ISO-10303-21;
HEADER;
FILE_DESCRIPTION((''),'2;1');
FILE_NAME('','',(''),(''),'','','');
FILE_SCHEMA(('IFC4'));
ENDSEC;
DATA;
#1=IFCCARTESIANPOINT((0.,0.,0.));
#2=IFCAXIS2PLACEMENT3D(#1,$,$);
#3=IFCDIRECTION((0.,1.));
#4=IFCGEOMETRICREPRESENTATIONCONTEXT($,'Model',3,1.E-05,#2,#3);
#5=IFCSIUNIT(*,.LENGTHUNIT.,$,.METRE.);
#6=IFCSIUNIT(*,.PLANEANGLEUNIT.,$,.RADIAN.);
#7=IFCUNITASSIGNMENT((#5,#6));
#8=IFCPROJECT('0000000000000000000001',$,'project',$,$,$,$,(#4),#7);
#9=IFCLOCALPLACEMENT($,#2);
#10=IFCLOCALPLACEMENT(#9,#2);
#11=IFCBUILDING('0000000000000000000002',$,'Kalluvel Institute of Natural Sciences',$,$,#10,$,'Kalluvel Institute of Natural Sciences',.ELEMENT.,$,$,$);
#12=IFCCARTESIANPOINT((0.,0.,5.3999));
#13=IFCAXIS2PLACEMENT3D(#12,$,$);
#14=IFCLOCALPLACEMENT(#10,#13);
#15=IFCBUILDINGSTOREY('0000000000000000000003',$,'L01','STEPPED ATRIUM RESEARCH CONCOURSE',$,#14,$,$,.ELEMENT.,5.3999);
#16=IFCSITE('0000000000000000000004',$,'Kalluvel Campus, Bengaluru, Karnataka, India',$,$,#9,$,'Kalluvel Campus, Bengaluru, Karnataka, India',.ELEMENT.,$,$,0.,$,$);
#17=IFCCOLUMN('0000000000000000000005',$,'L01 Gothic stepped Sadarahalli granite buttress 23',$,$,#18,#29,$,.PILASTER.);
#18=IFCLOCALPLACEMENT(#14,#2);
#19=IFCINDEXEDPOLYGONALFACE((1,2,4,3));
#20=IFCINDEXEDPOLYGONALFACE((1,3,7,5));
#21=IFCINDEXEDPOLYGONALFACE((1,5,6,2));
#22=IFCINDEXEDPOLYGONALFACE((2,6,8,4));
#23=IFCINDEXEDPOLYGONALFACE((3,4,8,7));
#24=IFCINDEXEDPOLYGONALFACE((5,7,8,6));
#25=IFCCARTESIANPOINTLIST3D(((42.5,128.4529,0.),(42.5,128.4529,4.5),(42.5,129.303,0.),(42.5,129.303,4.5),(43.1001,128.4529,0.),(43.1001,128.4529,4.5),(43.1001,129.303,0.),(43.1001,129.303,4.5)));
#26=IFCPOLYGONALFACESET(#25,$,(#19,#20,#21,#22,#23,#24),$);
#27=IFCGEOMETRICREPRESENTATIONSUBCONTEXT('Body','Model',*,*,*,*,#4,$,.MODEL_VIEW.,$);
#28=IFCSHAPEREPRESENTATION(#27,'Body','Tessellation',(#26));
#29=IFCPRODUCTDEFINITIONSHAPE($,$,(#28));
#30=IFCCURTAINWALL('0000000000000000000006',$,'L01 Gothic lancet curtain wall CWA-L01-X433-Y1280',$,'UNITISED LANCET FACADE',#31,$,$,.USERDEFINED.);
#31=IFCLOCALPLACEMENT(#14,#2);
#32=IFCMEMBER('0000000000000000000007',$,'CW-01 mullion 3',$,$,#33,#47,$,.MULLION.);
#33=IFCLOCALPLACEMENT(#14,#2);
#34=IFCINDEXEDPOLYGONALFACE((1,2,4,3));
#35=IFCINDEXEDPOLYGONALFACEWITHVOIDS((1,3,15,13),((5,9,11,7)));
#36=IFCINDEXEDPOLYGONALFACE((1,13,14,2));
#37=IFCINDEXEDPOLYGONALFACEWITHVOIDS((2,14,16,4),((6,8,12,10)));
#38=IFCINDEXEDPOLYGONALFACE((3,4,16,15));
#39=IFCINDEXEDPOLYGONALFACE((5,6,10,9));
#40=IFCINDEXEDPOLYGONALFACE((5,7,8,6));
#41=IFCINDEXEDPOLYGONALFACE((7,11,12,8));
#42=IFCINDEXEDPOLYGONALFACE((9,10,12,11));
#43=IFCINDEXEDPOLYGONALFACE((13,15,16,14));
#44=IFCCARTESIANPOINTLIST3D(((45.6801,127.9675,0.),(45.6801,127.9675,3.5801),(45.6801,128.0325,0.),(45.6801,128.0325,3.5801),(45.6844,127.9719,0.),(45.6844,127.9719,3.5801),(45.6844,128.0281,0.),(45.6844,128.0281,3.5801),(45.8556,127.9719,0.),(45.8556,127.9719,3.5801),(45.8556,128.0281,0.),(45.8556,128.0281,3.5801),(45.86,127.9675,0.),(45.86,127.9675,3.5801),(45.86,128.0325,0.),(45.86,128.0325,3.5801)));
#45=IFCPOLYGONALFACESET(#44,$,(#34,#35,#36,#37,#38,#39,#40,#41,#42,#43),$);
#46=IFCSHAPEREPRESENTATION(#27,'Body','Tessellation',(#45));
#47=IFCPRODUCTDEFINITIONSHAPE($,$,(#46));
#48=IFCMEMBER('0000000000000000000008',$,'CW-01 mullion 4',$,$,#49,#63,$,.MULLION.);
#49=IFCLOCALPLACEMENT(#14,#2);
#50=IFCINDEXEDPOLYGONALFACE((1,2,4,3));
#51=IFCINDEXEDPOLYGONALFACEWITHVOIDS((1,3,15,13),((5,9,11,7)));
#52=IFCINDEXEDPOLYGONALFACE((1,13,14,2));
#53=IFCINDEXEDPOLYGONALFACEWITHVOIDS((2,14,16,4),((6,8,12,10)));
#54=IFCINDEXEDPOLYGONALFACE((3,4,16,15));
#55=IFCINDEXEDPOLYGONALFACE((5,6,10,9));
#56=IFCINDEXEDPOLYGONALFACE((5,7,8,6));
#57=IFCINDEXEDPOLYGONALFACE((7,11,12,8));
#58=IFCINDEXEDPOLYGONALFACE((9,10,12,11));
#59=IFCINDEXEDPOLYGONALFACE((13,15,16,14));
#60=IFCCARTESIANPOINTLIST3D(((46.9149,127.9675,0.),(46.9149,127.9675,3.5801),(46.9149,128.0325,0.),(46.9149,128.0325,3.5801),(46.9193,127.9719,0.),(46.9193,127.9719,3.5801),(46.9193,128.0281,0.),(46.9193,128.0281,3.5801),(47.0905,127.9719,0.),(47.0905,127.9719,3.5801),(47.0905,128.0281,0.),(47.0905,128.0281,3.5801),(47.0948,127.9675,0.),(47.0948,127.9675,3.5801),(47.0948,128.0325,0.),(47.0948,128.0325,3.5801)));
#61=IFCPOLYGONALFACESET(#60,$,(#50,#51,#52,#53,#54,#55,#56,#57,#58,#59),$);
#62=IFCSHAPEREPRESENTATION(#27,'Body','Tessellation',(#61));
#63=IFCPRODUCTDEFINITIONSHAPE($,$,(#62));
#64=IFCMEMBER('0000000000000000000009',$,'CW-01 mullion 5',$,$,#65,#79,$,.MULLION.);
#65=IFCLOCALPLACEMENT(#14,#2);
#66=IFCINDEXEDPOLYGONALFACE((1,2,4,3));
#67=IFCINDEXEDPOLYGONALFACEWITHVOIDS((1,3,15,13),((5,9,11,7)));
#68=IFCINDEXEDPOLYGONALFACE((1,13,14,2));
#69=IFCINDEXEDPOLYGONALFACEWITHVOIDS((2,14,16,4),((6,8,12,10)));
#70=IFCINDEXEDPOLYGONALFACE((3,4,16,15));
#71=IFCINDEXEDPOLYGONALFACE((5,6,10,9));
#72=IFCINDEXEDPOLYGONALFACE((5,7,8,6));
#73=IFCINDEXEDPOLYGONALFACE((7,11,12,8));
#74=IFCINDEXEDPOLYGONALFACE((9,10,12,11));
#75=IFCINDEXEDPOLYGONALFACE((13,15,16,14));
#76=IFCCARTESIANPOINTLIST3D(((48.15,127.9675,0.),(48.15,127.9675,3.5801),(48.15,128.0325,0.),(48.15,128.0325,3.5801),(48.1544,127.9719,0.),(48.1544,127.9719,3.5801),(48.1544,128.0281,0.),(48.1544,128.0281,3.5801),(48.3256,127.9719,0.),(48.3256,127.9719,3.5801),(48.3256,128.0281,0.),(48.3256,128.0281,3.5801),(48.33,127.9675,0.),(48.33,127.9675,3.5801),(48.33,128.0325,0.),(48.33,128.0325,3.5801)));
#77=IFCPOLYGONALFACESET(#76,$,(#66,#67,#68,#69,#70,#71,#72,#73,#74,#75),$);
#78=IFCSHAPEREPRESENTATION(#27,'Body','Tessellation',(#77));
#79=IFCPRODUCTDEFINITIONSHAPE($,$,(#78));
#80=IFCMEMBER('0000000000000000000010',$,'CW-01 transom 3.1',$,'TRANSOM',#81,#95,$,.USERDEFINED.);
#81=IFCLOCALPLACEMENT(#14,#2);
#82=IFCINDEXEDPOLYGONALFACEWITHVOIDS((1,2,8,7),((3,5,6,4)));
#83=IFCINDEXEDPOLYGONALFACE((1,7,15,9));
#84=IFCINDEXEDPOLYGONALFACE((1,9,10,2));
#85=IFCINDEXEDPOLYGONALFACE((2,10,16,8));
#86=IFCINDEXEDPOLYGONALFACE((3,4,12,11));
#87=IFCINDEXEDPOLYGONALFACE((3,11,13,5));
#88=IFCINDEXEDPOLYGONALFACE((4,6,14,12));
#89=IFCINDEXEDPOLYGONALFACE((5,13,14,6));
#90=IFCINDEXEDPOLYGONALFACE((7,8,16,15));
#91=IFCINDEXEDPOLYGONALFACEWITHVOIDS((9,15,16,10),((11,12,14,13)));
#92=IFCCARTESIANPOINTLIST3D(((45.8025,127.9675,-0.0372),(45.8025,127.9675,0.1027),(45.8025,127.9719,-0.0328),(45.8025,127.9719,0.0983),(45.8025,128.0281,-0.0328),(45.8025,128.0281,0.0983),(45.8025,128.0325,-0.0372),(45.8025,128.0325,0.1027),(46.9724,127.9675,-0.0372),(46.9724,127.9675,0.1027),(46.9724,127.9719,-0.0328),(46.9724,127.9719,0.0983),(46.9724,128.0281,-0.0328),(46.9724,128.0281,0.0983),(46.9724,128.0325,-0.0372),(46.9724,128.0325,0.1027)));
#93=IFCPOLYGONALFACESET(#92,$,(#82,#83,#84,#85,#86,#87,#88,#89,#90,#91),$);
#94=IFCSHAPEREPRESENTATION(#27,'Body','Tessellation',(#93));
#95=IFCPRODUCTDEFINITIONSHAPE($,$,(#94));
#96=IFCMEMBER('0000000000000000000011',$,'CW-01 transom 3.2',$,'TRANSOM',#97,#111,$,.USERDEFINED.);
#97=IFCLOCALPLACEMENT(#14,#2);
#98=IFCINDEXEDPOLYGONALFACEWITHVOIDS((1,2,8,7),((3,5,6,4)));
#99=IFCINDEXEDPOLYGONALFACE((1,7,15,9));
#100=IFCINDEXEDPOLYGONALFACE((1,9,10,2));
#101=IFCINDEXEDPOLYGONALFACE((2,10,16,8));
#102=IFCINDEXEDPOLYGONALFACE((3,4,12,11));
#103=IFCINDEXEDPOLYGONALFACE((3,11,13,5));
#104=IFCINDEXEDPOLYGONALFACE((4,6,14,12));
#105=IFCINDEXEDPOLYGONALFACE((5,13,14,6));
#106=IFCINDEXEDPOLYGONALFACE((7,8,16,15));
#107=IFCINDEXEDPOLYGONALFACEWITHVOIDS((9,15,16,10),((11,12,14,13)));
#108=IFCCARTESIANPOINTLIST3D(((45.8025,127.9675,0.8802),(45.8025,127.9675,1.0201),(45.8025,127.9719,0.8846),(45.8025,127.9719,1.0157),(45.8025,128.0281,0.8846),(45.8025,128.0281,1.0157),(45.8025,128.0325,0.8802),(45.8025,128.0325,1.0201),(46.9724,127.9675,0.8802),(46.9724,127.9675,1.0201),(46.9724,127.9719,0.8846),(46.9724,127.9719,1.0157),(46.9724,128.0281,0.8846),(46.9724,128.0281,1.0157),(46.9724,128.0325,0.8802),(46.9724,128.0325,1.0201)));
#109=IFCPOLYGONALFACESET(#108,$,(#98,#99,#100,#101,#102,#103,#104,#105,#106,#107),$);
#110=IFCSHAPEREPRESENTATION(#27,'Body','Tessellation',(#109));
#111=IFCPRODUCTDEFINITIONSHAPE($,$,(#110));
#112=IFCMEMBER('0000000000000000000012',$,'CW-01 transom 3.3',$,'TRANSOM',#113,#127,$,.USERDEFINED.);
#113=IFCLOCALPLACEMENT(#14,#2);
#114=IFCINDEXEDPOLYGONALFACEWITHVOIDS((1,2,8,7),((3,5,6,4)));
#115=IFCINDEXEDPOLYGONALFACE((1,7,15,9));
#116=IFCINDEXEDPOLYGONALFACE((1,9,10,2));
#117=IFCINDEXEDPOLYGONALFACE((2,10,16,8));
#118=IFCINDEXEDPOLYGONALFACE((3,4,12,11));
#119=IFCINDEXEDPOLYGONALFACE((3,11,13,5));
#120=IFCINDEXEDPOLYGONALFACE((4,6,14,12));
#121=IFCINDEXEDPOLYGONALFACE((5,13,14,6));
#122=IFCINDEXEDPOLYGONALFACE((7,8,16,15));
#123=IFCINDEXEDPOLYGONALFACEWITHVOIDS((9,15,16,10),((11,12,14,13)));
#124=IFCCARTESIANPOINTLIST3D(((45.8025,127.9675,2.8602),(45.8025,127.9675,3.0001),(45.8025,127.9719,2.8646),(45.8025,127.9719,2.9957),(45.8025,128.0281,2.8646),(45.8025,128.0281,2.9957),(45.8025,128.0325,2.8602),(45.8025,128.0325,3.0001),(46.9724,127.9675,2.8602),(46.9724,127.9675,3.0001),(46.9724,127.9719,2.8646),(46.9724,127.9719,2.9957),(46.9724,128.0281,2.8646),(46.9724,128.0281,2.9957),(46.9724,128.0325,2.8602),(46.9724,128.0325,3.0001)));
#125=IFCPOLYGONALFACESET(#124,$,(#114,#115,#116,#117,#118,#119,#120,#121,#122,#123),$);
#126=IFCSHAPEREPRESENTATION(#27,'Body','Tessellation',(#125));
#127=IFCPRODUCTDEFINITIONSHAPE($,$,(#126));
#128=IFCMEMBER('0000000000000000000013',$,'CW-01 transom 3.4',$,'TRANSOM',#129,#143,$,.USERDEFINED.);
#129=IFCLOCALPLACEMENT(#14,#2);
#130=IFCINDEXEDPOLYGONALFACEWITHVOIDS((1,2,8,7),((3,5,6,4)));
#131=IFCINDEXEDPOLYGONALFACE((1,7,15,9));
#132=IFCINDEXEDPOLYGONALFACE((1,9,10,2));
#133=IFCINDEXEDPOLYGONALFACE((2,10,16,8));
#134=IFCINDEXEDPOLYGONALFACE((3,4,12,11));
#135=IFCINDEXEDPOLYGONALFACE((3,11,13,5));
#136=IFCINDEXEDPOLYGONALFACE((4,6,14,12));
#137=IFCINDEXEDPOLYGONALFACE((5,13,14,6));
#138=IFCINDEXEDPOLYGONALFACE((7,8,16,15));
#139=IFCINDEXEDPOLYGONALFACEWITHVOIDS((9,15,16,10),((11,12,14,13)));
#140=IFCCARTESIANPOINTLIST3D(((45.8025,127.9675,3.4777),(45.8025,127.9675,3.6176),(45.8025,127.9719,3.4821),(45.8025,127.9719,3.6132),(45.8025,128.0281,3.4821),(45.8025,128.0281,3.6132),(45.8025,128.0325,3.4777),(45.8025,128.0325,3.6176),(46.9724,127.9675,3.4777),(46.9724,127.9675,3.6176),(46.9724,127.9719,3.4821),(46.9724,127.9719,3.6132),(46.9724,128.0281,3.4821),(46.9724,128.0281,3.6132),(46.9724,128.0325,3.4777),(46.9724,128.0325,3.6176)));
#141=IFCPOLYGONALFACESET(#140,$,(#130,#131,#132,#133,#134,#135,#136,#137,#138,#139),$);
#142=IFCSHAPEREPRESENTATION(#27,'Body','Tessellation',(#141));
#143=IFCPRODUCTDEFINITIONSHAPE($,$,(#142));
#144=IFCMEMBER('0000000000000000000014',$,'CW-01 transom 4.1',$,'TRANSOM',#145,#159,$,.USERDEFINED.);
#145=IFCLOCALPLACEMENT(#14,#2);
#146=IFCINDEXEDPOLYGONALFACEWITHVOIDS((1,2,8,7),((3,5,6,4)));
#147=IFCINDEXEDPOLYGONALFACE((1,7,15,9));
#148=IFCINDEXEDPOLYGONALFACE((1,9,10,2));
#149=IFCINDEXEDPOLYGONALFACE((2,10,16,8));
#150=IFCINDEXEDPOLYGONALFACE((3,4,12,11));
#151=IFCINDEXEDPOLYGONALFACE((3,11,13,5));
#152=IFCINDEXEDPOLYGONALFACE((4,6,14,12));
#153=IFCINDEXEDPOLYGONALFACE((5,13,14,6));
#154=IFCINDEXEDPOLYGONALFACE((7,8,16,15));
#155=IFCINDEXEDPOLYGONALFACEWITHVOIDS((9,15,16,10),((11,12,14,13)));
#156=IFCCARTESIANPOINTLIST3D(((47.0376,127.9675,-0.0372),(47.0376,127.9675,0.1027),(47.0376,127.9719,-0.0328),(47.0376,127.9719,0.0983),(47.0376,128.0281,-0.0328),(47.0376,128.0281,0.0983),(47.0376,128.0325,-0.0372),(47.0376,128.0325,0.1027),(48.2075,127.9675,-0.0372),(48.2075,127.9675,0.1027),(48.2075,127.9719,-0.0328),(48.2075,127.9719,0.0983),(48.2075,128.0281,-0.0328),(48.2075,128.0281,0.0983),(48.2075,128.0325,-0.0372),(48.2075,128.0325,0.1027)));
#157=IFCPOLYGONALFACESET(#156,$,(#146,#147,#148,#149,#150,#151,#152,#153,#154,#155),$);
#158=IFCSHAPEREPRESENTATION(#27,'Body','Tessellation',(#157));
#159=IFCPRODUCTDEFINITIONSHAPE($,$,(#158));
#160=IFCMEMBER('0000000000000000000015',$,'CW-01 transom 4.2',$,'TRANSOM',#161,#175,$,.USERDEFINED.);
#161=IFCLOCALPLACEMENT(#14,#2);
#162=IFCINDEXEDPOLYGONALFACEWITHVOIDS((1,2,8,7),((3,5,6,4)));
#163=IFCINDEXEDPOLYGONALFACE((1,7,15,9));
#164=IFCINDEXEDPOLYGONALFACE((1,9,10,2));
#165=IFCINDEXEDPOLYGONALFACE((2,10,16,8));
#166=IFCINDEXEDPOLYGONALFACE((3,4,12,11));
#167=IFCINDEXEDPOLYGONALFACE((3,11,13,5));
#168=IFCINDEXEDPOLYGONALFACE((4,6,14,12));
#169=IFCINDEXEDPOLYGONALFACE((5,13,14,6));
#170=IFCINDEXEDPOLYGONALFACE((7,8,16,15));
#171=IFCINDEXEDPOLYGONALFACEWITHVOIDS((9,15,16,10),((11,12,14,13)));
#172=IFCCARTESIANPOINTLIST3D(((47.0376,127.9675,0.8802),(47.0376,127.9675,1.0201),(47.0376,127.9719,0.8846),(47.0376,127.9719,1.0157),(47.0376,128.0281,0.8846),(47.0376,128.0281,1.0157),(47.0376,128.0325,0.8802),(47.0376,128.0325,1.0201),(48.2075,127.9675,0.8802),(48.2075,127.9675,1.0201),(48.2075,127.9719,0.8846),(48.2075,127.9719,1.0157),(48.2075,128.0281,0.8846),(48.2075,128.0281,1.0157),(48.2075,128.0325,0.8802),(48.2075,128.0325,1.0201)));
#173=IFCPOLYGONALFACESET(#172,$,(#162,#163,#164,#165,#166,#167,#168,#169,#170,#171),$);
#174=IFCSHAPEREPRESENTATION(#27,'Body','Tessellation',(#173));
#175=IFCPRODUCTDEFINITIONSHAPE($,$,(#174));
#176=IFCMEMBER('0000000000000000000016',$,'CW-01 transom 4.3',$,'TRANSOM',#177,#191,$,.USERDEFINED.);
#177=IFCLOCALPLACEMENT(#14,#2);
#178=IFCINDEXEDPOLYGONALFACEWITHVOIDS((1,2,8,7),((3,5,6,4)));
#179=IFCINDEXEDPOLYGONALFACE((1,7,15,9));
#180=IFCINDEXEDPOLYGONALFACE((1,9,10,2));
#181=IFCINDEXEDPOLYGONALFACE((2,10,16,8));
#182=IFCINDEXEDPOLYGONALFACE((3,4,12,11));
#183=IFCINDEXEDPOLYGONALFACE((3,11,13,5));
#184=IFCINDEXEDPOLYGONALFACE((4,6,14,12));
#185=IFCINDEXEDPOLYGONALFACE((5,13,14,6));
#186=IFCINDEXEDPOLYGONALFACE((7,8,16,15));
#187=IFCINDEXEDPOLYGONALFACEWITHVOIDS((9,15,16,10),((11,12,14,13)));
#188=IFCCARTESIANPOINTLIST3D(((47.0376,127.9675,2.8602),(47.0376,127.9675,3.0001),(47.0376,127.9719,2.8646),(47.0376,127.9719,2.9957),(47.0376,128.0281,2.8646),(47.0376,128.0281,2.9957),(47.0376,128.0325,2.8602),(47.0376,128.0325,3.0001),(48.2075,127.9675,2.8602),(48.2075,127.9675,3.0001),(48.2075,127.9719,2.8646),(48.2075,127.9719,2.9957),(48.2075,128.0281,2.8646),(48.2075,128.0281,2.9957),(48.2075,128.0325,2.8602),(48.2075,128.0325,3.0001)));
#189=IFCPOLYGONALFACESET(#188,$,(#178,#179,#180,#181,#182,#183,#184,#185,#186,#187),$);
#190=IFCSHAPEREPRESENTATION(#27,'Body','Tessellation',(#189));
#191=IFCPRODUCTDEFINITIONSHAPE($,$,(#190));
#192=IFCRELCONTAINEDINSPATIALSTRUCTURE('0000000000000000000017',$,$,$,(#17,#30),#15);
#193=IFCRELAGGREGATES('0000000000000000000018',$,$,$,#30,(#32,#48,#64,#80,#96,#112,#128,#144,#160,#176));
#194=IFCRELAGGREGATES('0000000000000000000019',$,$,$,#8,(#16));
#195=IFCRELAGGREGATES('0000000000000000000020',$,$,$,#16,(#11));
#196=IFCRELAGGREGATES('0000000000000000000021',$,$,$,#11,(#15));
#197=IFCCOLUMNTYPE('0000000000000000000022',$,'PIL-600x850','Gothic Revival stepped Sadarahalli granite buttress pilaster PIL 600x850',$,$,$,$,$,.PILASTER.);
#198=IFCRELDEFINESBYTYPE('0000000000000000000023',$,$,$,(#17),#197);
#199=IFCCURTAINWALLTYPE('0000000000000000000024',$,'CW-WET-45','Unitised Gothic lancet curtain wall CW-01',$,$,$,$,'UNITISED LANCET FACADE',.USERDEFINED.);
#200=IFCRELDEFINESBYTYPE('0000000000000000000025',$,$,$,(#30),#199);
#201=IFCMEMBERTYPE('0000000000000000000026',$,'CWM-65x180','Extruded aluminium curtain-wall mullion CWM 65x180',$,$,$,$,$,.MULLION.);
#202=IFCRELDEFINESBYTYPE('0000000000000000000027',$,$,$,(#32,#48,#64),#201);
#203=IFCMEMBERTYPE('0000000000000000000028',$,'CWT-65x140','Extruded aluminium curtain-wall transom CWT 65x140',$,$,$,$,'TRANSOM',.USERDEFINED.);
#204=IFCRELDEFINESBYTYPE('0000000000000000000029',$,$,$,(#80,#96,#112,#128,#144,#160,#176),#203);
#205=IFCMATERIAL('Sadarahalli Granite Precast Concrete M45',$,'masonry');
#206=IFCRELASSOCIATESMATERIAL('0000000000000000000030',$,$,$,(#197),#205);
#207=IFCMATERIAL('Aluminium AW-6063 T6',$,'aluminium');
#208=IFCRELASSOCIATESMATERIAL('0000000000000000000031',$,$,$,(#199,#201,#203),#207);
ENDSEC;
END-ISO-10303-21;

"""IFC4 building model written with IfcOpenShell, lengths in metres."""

from ifc_helpers import new_model, si_unit, direction, frame, origin, origin_2d, place, context, subcontext, project, spatial, rectangle, hollow_rectangle, extrude, material, material_profile, profile_set, type_object, element, aggregate, save


model = new_model("IFC4")

# Units and contexts
model_context = context("Model", 3, precision=1e-05, world=origin(), true_north=direction((0.0, 1.0)))
body_context = subcontext(model_context, "Body", "Model", "MODEL_VIEW")
ifc_project = project(units=[si_unit("LENGTHUNIT", "METRE"), si_unit("PLANEANGLEUNIT", "RADIAN")], contexts=[model_context])

# Site, building, storey
site_placement = place(None, origin())
site = spatial("IfcSite", under=ifc_project, at=site_placement, Name="Kalluvel Campus, Bengaluru, Karnataka, India", LongName="Kalluvel Campus, Bengaluru, Karnataka, India", CompositionType="ELEMENT", RefElevation=0.0)
building_placement = place(site_placement, origin())
building = spatial("IfcBuilding", under=site, at=building_placement, Name="Kalluvel Institute of Natural Sciences", LongName="Kalluvel Institute of Natural Sciences", CompositionType="ELEMENT")
storey_placement = place(building_placement, frame((0.0, 0.0, 5.3999)))
storey = spatial("IfcBuildingStorey", under=building, at=storey_placement, Name="L01", Description="STEPPED ATRIUM RESEARCH CONCOURSE", CompositionType="ELEMENT", Elevation=5.3999)

# Column
ifc_material_1 = material(Name="Sadarahalli Granite Precast Concrete M45", Category="masonry")
ifc_material_profile_1 = material_profile(ifc_material_1, rectangle(XDim=0.6001, YDim=0.8501, at=origin_2d()), Name="PIL 600x850")
ifc_profile_set_1 = profile_set([ifc_material_profile_1], Name="Sadarahalli Granite Precast Concrete M45")
column_type = type_object("IfcColumnType", Name="PIL-600x850", Description="Gothic Revival stepped Sadarahalli granite buttress pilaster PIL 600x850", PredefinedType="PILASTER", material=ifc_profile_set_1)
column_placement = place(storey_placement, frame((42.8, 128.8779, 0.0), z_axis=(0.0, 0.0, 1.0), x_axis=(1.0, 0.0, 0.0)))
element("IfcColumn", 1, at=column_placement, inside=storey, type_object=column_type, Name="L01 Gothic stepped Sadarahalli granite buttress 23", PredefinedType="PILASTER", context=body_context, shape_type="SweptSolid", body=[
    extrude(rectangle(XDim=0.6001, YDim=0.8501, at=origin_2d()), origin(), (0.0, 0.0, 1.0), 4.5),
])

# Curtain wall, members
ifc_material_2 = material(Name="Aluminium AW-6063 T6", Category="aluminium")
curtain_wall_type = type_object("IfcCurtainWallType", Name="CW-WET-45", Description="Unitised Gothic lancet curtain wall CW-01", ElementType="UNITISED LANCET FACADE", PredefinedType="USERDEFINED", material=ifc_material_2)
curtain_wall_placement = place(storey_placement, origin())
curtain_wall = element("IfcCurtainWall", 2, at=curtain_wall_placement, inside=storey, type_object=curtain_wall_type, Name="L01 Gothic lancet curtain wall CWA-L01-X433-Y1280", ObjectType="UNITISED LANCET FACADE", PredefinedType="USERDEFINED")
ifc_material_profile_2 = material_profile(ifc_material_2, hollow_rectangle(XDim=0.0649, YDim=0.1799, WallThickness=0.0044, at=origin_2d()), Name="CWM 65x180")
ifc_profile_set_2 = profile_set([ifc_material_profile_2], Name="Aluminium AW-6063 T6")
member_type_1 = type_object("IfcMemberType", Name="CWM-65x180", Description="Extruded aluminium curtain-wall mullion CWM 65x180", PredefinedType="MULLION", material=ifc_profile_set_2)
member_1_placement = place(storey_placement, frame((45.77, 128.0, 0.0), z_axis=(0.0, 0.0, 1.0), x_axis=(0.0, 1.0, 0.0)))
member_1 = element("IfcMember", 3, at=member_1_placement, type_object=member_type_1, Name="CW-01 mullion 3", PredefinedType="MULLION", context=body_context, shape_type="SweptSolid", body=[
    extrude(hollow_rectangle(XDim=0.0649, YDim=0.1799, WallThickness=0.0044, at=origin_2d()), origin(), (0.0, 0.0, 1.0), 3.5801),
])
member_2_placement = place(storey_placement, frame((47.0049, 128.0, 0.0), z_axis=(0.0, 0.0, 1.0), x_axis=(0.0, 1.0, 0.0)))
member_2 = element("IfcMember", 4, at=member_2_placement, type_object=member_type_1, Name="CW-01 mullion 4", PredefinedType="MULLION", context=body_context, shape_type="SweptSolid", body=[
    extrude(hollow_rectangle(XDim=0.0649, YDim=0.1799, WallThickness=0.0044, at=origin_2d()), origin(), (0.0, 0.0, 1.0), 3.5801),
])
member_3_placement = place(storey_placement, frame((48.24, 128.0, 0.0), z_axis=(0.0, 0.0, 1.0), x_axis=(0.0, 1.0, 0.0)))
member_3 = element("IfcMember", 5, at=member_3_placement, type_object=member_type_1, Name="CW-01 mullion 5", PredefinedType="MULLION", context=body_context, shape_type="SweptSolid", body=[
    extrude(hollow_rectangle(XDim=0.0649, YDim=0.1799, WallThickness=0.0044, at=origin_2d()), origin(), (0.0, 0.0, 1.0), 3.5801),
])
ifc_material_profile_3 = material_profile(ifc_material_2, hollow_rectangle(XDim=0.0649, YDim=0.1399, WallThickness=0.0044, at=origin_2d()), Name="CWT 65x140")
ifc_profile_set_3 = profile_set([ifc_material_profile_3], Name="Aluminium AW-6063 T6")
member_type_2 = type_object("IfcMemberType", Name="CWT-65x140", Description="Extruded aluminium curtain-wall transom CWT 65x140", ElementType="TRANSOM", PredefinedType="USERDEFINED", material=ifc_profile_set_3)
member_4_placement = place(storey_placement, frame((45.8025, 128.0, 0.0327), z_axis=(1.0, 0.0, 0.0), x_axis=(0.0, 1.0, 0.0)))
member_4 = element("IfcMember", 6, at=member_4_placement, type_object=member_type_2, Name="CW-01 transom 3.1", ObjectType="TRANSOM", PredefinedType="USERDEFINED", context=body_context, shape_type="SweptSolid", body=[
    extrude(hollow_rectangle(XDim=0.0649, YDim=0.1399, WallThickness=0.0044, at=origin_2d()), origin(), (0.0, 0.0, 1.0), 1.1699),
])
member_5_placement = place(storey_placement, frame((45.8025, 128.0, 0.9502), z_axis=(1.0, 0.0, 0.0), x_axis=(0.0, 1.0, 0.0)))
member_5 = element("IfcMember", 7, at=member_5_placement, type_object=member_type_2, Name="CW-01 transom 3.2", ObjectType="TRANSOM", PredefinedType="USERDEFINED", context=body_context, shape_type="SweptSolid", body=[
    extrude(hollow_rectangle(XDim=0.0649, YDim=0.1399, WallThickness=0.0044, at=origin_2d()), origin(), (0.0, 0.0, 1.0), 1.1699),
])
member_6_placement = place(storey_placement, frame((45.8025, 128.0, 2.9302), z_axis=(1.0, 0.0, 0.0), x_axis=(0.0, 1.0, 0.0)))
member_6 = element("IfcMember", 8, at=member_6_placement, type_object=member_type_2, Name="CW-01 transom 3.3", ObjectType="TRANSOM", PredefinedType="USERDEFINED", context=body_context, shape_type="SweptSolid", body=[
    extrude(hollow_rectangle(XDim=0.0649, YDim=0.1399, WallThickness=0.0044, at=origin_2d()), origin(), (0.0, 0.0, 1.0), 1.1699),
])
member_7_placement = place(storey_placement, frame((45.8025, 128.0, 3.5476), z_axis=(1.0, 0.0, 0.0), x_axis=(0.0, 1.0, 0.0)))
member_7 = element("IfcMember", 9, at=member_7_placement, type_object=member_type_2, Name="CW-01 transom 3.4", ObjectType="TRANSOM", PredefinedType="USERDEFINED", context=body_context, shape_type="SweptSolid", body=[
    extrude(hollow_rectangle(XDim=0.0649, YDim=0.1399, WallThickness=0.0044, at=origin_2d()), origin(), (0.0, 0.0, 1.0), 1.1699),
])
member_8_placement = place(storey_placement, frame((47.0376, 128.0, 0.0327), z_axis=(1.0, 0.0, 0.0), x_axis=(0.0, 1.0, 0.0)))
member_8 = element("IfcMember", 10, at=member_8_placement, type_object=member_type_2, Name="CW-01 transom 4.1", ObjectType="TRANSOM", PredefinedType="USERDEFINED", context=body_context, shape_type="SweptSolid", body=[
    extrude(hollow_rectangle(XDim=0.0649, YDim=0.1399, WallThickness=0.0044, at=origin_2d()), origin(), (0.0, 0.0, 1.0), 1.1699),
])
member_9_placement = place(storey_placement, frame((47.0376, 128.0, 0.9502), z_axis=(1.0, 0.0, 0.0), x_axis=(0.0, 1.0, 0.0)))
member_9 = element("IfcMember", 11, at=member_9_placement, type_object=member_type_2, Name="CW-01 transom 4.2", ObjectType="TRANSOM", PredefinedType="USERDEFINED", context=body_context, shape_type="SweptSolid", body=[
    extrude(hollow_rectangle(XDim=0.0649, YDim=0.1399, WallThickness=0.0044, at=origin_2d()), origin(), (0.0, 0.0, 1.0), 1.1699),
])
member_10_placement = place(storey_placement, frame((47.0376, 128.0, 2.9302), z_axis=(1.0, 0.0, 0.0), x_axis=(0.0, 1.0, 0.0)))
member_10 = element("IfcMember", 12, at=member_10_placement, type_object=member_type_2, Name="CW-01 transom 4.3", ObjectType="TRANSOM", PredefinedType="USERDEFINED", context=body_context, shape_type="SweptSolid", body=[
    extrude(hollow_rectangle(XDim=0.0649, YDim=0.1399, WallThickness=0.0044, at=origin_2d()), origin(), (0.0, 0.0, 1.0), 1.1699),
])
aggregate(curtain_wall, [member_1, member_2, member_3, member_4, member_5, member_6, member_7, member_8, member_9, member_10])

save(model, "model.ifc")
